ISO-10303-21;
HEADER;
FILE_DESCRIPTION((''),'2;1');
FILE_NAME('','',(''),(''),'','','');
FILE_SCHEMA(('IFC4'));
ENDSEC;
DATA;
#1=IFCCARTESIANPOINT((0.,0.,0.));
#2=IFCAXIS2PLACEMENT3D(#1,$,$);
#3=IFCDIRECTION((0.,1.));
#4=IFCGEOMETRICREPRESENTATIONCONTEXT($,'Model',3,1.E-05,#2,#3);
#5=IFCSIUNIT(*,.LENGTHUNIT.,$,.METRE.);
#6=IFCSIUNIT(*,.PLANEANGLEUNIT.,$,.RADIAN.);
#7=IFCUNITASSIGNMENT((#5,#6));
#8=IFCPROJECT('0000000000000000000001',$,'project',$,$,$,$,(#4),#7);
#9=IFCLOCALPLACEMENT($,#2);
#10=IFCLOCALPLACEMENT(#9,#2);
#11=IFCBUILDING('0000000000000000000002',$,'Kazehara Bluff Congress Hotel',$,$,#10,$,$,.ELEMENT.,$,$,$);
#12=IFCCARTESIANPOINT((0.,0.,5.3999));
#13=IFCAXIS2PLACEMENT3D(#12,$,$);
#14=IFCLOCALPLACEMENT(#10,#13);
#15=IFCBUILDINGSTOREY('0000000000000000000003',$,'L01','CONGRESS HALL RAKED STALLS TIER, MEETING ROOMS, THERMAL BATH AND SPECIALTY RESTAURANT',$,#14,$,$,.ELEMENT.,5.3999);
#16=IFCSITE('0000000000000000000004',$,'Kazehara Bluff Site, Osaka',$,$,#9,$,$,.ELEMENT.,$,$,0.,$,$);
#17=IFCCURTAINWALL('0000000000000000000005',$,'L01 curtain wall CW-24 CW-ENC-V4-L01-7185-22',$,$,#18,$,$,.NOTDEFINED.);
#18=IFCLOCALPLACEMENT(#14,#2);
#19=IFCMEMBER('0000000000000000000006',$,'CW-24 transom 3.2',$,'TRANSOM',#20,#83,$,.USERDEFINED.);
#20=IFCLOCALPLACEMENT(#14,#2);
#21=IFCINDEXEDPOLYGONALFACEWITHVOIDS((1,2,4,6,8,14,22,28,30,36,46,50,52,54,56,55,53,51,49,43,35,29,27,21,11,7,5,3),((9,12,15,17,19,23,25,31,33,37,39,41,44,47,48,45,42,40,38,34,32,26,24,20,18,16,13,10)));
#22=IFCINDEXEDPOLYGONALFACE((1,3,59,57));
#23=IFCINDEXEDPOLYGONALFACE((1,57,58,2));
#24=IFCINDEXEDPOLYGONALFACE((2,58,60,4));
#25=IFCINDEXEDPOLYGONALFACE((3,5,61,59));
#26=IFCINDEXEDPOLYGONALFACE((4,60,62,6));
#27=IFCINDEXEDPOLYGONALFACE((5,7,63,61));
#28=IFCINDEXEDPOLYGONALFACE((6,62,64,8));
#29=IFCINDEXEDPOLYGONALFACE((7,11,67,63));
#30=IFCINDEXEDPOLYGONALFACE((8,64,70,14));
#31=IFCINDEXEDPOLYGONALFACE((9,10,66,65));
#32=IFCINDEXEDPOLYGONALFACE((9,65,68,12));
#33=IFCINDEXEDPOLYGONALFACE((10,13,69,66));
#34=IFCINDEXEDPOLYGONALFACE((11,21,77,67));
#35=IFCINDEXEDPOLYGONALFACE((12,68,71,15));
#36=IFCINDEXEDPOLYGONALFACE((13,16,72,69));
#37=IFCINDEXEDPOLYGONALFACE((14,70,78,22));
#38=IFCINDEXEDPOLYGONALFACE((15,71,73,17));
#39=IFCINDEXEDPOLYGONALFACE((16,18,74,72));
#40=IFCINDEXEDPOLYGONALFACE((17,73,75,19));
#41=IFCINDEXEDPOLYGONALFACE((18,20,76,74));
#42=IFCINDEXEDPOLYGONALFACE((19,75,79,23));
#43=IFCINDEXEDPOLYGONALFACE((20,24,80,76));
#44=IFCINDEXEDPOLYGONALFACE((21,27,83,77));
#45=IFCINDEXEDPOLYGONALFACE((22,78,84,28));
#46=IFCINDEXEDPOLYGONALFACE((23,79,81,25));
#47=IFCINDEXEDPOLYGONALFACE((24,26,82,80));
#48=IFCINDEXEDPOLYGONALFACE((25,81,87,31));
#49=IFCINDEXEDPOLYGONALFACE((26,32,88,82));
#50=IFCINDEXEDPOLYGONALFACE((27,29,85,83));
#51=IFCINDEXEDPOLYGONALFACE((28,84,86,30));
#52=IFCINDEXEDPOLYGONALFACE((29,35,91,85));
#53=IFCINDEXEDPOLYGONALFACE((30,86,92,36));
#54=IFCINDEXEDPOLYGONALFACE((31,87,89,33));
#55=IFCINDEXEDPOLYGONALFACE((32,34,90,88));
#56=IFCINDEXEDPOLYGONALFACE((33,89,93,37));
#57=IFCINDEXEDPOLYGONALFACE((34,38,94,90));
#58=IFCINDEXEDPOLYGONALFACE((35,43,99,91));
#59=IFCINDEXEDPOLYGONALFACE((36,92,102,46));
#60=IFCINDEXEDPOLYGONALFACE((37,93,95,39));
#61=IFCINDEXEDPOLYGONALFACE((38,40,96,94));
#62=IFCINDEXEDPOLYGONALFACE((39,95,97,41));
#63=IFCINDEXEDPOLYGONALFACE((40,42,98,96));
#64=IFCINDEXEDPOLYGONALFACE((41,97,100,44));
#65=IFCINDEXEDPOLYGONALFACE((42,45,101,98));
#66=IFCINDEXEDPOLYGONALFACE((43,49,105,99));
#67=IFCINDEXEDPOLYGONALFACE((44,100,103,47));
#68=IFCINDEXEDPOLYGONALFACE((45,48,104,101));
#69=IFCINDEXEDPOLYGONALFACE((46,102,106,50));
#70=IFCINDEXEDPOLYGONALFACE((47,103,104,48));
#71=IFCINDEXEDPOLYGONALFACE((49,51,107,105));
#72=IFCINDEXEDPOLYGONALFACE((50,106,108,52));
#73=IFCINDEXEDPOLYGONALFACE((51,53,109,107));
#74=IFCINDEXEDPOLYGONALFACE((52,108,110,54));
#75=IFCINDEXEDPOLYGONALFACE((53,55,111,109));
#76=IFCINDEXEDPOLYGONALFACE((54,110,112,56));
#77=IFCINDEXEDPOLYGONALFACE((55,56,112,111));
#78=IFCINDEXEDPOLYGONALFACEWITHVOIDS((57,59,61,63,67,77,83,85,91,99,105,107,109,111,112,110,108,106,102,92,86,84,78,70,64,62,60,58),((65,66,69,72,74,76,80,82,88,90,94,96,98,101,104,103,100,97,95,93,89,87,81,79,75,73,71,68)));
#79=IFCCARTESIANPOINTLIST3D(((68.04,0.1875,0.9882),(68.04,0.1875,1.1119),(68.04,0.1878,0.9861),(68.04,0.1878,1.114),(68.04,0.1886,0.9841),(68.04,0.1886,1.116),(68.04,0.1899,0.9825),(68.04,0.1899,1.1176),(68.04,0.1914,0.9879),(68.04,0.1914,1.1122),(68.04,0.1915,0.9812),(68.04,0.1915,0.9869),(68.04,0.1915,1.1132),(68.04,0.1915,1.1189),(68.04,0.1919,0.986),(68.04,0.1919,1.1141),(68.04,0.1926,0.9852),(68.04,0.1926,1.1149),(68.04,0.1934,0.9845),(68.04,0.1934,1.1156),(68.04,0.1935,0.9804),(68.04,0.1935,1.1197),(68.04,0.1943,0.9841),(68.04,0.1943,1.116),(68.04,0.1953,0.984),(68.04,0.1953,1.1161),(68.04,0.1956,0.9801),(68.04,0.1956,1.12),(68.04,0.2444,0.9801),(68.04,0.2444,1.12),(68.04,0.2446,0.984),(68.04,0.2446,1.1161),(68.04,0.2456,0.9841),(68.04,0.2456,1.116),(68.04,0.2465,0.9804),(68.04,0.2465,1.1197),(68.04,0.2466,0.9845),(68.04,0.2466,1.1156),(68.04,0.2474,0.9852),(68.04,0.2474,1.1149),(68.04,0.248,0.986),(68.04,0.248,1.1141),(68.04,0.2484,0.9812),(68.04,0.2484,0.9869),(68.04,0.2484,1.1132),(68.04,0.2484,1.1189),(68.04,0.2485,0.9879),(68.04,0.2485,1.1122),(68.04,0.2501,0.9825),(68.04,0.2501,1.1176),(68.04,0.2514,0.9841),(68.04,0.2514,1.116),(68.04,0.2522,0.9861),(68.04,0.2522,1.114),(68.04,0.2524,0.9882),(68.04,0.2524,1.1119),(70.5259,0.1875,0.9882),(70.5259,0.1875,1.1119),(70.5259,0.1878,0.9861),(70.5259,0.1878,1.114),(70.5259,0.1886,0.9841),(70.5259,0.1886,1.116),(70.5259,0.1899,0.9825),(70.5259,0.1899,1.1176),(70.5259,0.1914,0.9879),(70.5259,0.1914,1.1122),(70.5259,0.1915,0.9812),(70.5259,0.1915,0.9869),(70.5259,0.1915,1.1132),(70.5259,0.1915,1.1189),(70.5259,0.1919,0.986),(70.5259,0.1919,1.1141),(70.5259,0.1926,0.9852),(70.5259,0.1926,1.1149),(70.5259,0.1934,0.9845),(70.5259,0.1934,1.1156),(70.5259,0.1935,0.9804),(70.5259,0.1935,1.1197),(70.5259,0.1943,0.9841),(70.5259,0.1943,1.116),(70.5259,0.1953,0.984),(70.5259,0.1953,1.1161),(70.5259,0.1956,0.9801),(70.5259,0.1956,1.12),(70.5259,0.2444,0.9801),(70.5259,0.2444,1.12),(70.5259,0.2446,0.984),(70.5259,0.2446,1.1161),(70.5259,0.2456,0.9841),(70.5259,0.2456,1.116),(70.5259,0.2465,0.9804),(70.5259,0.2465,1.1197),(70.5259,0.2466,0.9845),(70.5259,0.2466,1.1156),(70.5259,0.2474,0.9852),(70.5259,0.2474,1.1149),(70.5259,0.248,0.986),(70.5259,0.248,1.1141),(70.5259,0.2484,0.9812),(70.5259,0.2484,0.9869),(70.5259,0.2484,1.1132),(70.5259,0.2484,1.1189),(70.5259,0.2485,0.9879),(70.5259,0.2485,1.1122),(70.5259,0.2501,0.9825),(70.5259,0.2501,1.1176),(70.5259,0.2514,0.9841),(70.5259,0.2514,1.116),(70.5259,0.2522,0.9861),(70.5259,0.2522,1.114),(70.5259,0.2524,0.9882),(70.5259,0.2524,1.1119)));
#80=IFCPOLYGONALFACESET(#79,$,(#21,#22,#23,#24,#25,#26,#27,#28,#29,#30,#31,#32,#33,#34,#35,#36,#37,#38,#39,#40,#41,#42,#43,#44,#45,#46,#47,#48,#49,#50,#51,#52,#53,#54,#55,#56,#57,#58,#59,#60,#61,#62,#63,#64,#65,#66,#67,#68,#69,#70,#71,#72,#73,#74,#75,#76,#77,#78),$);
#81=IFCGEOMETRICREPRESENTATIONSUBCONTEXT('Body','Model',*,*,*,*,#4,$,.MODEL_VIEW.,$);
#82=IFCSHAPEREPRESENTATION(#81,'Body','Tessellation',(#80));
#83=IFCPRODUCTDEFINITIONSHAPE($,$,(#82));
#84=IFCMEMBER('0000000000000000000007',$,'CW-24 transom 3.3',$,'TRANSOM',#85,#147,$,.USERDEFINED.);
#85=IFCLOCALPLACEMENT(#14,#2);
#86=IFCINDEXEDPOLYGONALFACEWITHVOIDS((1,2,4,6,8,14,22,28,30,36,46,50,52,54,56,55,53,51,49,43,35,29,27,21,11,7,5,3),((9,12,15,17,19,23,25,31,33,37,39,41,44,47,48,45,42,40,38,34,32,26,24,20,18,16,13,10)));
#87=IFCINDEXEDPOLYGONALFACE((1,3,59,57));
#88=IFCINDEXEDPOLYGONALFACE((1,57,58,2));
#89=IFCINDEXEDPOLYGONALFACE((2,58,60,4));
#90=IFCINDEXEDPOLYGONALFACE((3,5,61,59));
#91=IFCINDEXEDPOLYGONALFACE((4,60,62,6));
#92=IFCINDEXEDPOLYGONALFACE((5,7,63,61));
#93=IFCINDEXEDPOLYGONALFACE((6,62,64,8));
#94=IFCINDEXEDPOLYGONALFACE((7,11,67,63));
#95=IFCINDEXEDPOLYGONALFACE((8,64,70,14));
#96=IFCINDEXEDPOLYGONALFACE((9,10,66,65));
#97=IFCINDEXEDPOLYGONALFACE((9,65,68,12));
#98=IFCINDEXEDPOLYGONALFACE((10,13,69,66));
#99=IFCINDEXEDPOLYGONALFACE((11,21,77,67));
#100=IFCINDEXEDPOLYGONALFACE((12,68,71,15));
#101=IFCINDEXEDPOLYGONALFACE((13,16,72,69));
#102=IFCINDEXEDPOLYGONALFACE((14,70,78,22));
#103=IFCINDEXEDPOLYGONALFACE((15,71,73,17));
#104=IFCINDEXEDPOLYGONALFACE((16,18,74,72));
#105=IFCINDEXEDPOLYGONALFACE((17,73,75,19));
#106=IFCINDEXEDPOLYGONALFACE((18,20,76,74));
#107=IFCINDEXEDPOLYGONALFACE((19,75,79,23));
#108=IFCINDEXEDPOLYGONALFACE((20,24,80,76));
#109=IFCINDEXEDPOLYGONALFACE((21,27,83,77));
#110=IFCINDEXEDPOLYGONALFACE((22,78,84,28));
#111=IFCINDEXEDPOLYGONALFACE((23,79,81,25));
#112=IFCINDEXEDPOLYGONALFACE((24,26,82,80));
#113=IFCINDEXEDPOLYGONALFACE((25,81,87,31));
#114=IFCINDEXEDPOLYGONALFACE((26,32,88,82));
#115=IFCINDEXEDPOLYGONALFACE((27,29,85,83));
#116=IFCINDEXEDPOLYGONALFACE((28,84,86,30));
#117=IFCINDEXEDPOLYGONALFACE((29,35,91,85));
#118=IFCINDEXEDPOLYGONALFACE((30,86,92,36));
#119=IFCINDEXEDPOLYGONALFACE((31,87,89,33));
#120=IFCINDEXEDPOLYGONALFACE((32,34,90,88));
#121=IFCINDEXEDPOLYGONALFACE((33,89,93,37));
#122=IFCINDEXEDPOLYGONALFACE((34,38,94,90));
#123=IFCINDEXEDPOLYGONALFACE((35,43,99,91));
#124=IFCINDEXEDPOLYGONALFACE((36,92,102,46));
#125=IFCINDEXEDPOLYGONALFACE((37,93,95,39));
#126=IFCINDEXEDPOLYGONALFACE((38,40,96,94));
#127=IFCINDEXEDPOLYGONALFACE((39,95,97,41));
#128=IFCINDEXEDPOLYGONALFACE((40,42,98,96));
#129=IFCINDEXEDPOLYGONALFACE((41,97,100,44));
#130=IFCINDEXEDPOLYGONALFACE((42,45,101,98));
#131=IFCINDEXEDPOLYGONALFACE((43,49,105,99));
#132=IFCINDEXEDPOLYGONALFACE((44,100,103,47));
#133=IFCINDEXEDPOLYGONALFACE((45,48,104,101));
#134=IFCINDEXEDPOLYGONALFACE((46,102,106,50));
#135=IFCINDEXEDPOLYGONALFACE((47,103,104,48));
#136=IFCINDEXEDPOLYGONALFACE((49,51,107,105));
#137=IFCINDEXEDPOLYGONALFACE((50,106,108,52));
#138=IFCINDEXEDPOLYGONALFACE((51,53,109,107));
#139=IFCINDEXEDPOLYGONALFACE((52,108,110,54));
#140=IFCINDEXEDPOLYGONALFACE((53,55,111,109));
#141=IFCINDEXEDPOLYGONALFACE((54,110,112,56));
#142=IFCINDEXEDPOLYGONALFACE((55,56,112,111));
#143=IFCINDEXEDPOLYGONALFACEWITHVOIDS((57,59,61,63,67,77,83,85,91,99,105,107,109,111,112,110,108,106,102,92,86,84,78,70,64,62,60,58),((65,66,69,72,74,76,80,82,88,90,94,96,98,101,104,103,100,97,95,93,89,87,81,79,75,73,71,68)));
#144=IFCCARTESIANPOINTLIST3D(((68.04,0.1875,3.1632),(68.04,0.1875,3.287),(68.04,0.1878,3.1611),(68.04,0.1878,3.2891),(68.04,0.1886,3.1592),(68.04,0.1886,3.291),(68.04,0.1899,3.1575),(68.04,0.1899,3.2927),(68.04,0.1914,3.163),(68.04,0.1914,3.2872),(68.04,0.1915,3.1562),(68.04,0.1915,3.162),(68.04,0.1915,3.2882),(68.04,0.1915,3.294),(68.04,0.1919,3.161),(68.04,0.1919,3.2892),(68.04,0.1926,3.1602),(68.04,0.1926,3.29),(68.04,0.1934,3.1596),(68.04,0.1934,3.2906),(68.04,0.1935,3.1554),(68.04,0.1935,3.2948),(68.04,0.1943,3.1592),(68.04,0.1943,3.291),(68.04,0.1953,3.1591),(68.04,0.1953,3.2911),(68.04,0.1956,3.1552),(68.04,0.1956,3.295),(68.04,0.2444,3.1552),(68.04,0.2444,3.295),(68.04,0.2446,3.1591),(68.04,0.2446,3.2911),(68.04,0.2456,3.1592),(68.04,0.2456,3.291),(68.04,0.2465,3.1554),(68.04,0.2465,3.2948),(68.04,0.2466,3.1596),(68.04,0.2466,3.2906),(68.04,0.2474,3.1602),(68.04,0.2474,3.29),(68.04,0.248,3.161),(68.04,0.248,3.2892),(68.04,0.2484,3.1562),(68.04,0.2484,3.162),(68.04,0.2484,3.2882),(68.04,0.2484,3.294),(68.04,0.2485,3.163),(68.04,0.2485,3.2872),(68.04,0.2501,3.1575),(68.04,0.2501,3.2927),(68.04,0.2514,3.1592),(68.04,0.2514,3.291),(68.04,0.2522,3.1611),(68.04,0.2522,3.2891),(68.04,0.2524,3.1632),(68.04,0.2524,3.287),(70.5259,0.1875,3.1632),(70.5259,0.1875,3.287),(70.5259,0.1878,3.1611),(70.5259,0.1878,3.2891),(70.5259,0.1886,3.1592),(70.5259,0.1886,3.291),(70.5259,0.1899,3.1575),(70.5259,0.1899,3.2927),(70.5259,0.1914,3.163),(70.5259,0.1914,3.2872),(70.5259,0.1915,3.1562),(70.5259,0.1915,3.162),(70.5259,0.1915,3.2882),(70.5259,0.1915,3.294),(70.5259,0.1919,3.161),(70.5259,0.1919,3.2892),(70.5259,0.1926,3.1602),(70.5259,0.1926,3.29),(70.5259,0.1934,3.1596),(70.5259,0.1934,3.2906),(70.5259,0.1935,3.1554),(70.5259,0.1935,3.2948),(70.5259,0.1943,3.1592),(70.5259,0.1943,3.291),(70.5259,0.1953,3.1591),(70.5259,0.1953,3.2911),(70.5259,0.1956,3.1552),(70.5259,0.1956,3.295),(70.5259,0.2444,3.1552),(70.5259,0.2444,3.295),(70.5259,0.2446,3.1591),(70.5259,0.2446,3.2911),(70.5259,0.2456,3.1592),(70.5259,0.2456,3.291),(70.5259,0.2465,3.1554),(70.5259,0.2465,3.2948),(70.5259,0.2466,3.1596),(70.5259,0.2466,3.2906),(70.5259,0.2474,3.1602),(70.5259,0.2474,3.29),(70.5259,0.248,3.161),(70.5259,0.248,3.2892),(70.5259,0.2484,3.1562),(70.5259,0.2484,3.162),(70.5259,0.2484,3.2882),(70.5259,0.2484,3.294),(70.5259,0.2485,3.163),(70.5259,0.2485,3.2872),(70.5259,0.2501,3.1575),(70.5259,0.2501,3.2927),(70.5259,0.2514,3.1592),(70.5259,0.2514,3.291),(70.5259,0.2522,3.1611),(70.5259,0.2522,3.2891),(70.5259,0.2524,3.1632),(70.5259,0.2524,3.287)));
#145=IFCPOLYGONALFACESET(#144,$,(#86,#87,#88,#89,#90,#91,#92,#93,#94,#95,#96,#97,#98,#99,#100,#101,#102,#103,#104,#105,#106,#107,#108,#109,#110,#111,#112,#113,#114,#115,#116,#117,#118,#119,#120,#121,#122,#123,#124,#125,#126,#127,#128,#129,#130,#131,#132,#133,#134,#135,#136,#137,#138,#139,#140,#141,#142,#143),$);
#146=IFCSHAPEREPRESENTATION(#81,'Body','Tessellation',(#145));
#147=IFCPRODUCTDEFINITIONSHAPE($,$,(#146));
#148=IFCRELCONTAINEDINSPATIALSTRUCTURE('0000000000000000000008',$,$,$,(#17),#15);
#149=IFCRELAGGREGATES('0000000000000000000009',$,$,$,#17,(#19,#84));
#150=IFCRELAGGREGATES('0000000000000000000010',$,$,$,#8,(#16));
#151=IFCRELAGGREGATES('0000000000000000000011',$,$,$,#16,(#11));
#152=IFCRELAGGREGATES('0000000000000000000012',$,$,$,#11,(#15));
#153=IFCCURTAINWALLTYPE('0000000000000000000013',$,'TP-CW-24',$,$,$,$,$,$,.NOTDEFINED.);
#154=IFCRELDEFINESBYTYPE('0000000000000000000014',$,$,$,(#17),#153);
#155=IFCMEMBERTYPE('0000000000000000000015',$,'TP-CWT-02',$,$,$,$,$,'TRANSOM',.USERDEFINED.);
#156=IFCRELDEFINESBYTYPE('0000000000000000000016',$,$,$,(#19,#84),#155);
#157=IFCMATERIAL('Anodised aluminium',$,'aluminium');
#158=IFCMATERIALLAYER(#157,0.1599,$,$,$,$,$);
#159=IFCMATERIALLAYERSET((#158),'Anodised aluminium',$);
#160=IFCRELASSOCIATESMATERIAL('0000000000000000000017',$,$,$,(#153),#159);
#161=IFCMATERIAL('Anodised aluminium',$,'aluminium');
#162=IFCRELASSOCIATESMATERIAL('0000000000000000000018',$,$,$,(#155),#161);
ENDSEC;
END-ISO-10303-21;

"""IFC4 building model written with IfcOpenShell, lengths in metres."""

from ifc_helpers import new_model, si_unit, direction, frame, origin, origin_2d, place, context, subcontext, project, spatial, hollow_rectangle, extrude, material, layer, layer_set, material_profile, profile_set, type_object, element, aggregate, save


model = new_model("IFC4")

# Units and contexts
model_context = context("Model", 3, precision=1e-05, world=origin(), true_north=direction((0.0, 1.0)))
body_context = subcontext(model_context, "Body", "Model", "MODEL_VIEW")
ifc_project = project(units=[si_unit("LENGTHUNIT", "METRE"), si_unit("PLANEANGLEUNIT", "RADIAN")], contexts=[model_context])

# Site, building, storey
site_placement = place(None, origin())
site = spatial("IfcSite", under=ifc_project, at=site_placement, Name="Kazehara Bluff Site, Osaka", CompositionType="ELEMENT", RefElevation=0.0)
building_placement = place(site_placement, origin())
building = spatial("IfcBuilding", under=site, at=building_placement, Name="Kazehara Bluff Congress Hotel", CompositionType="ELEMENT")
storey_placement = place(building_placement, frame((0.0, 0.0, 5.3999)))
storey = spatial("IfcBuildingStorey", under=building, at=storey_placement, Name="L01", Description="CONGRESS HALL RAKED STALLS TIER, MEETING ROOMS, THERMAL BATH AND SPECIALTY RESTAURANT", CompositionType="ELEMENT", Elevation=5.3999)

# Curtain wall
ifc_material_1 = material(Name="Anodised aluminium", Category="aluminium")
ifc_layer_1 = layer(ifc_material_1, 0.1599)
ifc_layer_set_1 = layer_set([ifc_layer_1], Name="Anodised aluminium")
curtain_wall_type_1 = type_object("IfcCurtainWallType", Name="TP-CW-24", PredefinedType="NOTDEFINED", material=ifc_layer_set_1)
curtain_wall_1_placement = place(storey_placement, origin())
curtain_wall_1 = element("IfcCurtainWall", 1, at=curtain_wall_1_placement, inside=storey, type_object=curtain_wall_type_1, Name="L01 curtain wall CW-24 CW-ENC-V4-L01-7185-22", PredefinedType="NOTDEFINED")

# Shared definitions
ifc_material_2 = material(Name="Anodised aluminium", Category="aluminium")
ifc_material_profile_1 = material_profile(ifc_material_2, hollow_rectangle(XDim=0.0649, YDim=0.1399, WallThickness=0.0039, InnerFilletRadius=0.0039, OuterFilletRadius=0.0081, at=origin_2d()))
ifc_profile_set_1 = profile_set([ifc_material_profile_1], Name="Anodised aluminium")
member_type_1 = type_object("IfcMemberType", Name="TP-CWT-02", ElementType="TRANSOM", PredefinedType="USERDEFINED", material=ifc_profile_set_1)

# Members
member_1_placement = place(storey_placement, frame((70.5259, 0.22, 1.05), z_axis=(-1.0, 0.0, 0.0), x_axis=(0.0, -1.0, 0.0)))
member_1 = element("IfcMember", 2, at=member_1_placement, type_object=member_type_1, Name="CW-24 transom 3.2", ObjectType="TRANSOM", PredefinedType="USERDEFINED", context=body_context, shape_type="SweptSolid", body=[
    extrude(hollow_rectangle(XDim=0.0649, YDim=0.1399, WallThickness=0.0039, InnerFilletRadius=0.0039, OuterFilletRadius=0.0081, at=origin_2d()), origin(), (0.0, 0.0, 1.0), 2.4858),
])
member_2_placement = place(storey_placement, frame((70.5259, 0.22, 3.2251), z_axis=(-1.0, 0.0, 0.0), x_axis=(0.0, -1.0, 0.0)))
member_2 = element("IfcMember", 3, at=member_2_placement, type_object=member_type_1, Name="CW-24 transom 3.3", ObjectType="TRANSOM", PredefinedType="USERDEFINED", context=body_context, shape_type="SweptSolid", body=[
    extrude(hollow_rectangle(XDim=0.0649, YDim=0.1399, WallThickness=0.0039, InnerFilletRadius=0.0039, OuterFilletRadius=0.0081, at=origin_2d()), origin(), (0.0, 0.0, 1.0), 2.4858),
])

aggregate(curtain_wall_1, [member_1, member_2])

save(model, "model.ifc")
